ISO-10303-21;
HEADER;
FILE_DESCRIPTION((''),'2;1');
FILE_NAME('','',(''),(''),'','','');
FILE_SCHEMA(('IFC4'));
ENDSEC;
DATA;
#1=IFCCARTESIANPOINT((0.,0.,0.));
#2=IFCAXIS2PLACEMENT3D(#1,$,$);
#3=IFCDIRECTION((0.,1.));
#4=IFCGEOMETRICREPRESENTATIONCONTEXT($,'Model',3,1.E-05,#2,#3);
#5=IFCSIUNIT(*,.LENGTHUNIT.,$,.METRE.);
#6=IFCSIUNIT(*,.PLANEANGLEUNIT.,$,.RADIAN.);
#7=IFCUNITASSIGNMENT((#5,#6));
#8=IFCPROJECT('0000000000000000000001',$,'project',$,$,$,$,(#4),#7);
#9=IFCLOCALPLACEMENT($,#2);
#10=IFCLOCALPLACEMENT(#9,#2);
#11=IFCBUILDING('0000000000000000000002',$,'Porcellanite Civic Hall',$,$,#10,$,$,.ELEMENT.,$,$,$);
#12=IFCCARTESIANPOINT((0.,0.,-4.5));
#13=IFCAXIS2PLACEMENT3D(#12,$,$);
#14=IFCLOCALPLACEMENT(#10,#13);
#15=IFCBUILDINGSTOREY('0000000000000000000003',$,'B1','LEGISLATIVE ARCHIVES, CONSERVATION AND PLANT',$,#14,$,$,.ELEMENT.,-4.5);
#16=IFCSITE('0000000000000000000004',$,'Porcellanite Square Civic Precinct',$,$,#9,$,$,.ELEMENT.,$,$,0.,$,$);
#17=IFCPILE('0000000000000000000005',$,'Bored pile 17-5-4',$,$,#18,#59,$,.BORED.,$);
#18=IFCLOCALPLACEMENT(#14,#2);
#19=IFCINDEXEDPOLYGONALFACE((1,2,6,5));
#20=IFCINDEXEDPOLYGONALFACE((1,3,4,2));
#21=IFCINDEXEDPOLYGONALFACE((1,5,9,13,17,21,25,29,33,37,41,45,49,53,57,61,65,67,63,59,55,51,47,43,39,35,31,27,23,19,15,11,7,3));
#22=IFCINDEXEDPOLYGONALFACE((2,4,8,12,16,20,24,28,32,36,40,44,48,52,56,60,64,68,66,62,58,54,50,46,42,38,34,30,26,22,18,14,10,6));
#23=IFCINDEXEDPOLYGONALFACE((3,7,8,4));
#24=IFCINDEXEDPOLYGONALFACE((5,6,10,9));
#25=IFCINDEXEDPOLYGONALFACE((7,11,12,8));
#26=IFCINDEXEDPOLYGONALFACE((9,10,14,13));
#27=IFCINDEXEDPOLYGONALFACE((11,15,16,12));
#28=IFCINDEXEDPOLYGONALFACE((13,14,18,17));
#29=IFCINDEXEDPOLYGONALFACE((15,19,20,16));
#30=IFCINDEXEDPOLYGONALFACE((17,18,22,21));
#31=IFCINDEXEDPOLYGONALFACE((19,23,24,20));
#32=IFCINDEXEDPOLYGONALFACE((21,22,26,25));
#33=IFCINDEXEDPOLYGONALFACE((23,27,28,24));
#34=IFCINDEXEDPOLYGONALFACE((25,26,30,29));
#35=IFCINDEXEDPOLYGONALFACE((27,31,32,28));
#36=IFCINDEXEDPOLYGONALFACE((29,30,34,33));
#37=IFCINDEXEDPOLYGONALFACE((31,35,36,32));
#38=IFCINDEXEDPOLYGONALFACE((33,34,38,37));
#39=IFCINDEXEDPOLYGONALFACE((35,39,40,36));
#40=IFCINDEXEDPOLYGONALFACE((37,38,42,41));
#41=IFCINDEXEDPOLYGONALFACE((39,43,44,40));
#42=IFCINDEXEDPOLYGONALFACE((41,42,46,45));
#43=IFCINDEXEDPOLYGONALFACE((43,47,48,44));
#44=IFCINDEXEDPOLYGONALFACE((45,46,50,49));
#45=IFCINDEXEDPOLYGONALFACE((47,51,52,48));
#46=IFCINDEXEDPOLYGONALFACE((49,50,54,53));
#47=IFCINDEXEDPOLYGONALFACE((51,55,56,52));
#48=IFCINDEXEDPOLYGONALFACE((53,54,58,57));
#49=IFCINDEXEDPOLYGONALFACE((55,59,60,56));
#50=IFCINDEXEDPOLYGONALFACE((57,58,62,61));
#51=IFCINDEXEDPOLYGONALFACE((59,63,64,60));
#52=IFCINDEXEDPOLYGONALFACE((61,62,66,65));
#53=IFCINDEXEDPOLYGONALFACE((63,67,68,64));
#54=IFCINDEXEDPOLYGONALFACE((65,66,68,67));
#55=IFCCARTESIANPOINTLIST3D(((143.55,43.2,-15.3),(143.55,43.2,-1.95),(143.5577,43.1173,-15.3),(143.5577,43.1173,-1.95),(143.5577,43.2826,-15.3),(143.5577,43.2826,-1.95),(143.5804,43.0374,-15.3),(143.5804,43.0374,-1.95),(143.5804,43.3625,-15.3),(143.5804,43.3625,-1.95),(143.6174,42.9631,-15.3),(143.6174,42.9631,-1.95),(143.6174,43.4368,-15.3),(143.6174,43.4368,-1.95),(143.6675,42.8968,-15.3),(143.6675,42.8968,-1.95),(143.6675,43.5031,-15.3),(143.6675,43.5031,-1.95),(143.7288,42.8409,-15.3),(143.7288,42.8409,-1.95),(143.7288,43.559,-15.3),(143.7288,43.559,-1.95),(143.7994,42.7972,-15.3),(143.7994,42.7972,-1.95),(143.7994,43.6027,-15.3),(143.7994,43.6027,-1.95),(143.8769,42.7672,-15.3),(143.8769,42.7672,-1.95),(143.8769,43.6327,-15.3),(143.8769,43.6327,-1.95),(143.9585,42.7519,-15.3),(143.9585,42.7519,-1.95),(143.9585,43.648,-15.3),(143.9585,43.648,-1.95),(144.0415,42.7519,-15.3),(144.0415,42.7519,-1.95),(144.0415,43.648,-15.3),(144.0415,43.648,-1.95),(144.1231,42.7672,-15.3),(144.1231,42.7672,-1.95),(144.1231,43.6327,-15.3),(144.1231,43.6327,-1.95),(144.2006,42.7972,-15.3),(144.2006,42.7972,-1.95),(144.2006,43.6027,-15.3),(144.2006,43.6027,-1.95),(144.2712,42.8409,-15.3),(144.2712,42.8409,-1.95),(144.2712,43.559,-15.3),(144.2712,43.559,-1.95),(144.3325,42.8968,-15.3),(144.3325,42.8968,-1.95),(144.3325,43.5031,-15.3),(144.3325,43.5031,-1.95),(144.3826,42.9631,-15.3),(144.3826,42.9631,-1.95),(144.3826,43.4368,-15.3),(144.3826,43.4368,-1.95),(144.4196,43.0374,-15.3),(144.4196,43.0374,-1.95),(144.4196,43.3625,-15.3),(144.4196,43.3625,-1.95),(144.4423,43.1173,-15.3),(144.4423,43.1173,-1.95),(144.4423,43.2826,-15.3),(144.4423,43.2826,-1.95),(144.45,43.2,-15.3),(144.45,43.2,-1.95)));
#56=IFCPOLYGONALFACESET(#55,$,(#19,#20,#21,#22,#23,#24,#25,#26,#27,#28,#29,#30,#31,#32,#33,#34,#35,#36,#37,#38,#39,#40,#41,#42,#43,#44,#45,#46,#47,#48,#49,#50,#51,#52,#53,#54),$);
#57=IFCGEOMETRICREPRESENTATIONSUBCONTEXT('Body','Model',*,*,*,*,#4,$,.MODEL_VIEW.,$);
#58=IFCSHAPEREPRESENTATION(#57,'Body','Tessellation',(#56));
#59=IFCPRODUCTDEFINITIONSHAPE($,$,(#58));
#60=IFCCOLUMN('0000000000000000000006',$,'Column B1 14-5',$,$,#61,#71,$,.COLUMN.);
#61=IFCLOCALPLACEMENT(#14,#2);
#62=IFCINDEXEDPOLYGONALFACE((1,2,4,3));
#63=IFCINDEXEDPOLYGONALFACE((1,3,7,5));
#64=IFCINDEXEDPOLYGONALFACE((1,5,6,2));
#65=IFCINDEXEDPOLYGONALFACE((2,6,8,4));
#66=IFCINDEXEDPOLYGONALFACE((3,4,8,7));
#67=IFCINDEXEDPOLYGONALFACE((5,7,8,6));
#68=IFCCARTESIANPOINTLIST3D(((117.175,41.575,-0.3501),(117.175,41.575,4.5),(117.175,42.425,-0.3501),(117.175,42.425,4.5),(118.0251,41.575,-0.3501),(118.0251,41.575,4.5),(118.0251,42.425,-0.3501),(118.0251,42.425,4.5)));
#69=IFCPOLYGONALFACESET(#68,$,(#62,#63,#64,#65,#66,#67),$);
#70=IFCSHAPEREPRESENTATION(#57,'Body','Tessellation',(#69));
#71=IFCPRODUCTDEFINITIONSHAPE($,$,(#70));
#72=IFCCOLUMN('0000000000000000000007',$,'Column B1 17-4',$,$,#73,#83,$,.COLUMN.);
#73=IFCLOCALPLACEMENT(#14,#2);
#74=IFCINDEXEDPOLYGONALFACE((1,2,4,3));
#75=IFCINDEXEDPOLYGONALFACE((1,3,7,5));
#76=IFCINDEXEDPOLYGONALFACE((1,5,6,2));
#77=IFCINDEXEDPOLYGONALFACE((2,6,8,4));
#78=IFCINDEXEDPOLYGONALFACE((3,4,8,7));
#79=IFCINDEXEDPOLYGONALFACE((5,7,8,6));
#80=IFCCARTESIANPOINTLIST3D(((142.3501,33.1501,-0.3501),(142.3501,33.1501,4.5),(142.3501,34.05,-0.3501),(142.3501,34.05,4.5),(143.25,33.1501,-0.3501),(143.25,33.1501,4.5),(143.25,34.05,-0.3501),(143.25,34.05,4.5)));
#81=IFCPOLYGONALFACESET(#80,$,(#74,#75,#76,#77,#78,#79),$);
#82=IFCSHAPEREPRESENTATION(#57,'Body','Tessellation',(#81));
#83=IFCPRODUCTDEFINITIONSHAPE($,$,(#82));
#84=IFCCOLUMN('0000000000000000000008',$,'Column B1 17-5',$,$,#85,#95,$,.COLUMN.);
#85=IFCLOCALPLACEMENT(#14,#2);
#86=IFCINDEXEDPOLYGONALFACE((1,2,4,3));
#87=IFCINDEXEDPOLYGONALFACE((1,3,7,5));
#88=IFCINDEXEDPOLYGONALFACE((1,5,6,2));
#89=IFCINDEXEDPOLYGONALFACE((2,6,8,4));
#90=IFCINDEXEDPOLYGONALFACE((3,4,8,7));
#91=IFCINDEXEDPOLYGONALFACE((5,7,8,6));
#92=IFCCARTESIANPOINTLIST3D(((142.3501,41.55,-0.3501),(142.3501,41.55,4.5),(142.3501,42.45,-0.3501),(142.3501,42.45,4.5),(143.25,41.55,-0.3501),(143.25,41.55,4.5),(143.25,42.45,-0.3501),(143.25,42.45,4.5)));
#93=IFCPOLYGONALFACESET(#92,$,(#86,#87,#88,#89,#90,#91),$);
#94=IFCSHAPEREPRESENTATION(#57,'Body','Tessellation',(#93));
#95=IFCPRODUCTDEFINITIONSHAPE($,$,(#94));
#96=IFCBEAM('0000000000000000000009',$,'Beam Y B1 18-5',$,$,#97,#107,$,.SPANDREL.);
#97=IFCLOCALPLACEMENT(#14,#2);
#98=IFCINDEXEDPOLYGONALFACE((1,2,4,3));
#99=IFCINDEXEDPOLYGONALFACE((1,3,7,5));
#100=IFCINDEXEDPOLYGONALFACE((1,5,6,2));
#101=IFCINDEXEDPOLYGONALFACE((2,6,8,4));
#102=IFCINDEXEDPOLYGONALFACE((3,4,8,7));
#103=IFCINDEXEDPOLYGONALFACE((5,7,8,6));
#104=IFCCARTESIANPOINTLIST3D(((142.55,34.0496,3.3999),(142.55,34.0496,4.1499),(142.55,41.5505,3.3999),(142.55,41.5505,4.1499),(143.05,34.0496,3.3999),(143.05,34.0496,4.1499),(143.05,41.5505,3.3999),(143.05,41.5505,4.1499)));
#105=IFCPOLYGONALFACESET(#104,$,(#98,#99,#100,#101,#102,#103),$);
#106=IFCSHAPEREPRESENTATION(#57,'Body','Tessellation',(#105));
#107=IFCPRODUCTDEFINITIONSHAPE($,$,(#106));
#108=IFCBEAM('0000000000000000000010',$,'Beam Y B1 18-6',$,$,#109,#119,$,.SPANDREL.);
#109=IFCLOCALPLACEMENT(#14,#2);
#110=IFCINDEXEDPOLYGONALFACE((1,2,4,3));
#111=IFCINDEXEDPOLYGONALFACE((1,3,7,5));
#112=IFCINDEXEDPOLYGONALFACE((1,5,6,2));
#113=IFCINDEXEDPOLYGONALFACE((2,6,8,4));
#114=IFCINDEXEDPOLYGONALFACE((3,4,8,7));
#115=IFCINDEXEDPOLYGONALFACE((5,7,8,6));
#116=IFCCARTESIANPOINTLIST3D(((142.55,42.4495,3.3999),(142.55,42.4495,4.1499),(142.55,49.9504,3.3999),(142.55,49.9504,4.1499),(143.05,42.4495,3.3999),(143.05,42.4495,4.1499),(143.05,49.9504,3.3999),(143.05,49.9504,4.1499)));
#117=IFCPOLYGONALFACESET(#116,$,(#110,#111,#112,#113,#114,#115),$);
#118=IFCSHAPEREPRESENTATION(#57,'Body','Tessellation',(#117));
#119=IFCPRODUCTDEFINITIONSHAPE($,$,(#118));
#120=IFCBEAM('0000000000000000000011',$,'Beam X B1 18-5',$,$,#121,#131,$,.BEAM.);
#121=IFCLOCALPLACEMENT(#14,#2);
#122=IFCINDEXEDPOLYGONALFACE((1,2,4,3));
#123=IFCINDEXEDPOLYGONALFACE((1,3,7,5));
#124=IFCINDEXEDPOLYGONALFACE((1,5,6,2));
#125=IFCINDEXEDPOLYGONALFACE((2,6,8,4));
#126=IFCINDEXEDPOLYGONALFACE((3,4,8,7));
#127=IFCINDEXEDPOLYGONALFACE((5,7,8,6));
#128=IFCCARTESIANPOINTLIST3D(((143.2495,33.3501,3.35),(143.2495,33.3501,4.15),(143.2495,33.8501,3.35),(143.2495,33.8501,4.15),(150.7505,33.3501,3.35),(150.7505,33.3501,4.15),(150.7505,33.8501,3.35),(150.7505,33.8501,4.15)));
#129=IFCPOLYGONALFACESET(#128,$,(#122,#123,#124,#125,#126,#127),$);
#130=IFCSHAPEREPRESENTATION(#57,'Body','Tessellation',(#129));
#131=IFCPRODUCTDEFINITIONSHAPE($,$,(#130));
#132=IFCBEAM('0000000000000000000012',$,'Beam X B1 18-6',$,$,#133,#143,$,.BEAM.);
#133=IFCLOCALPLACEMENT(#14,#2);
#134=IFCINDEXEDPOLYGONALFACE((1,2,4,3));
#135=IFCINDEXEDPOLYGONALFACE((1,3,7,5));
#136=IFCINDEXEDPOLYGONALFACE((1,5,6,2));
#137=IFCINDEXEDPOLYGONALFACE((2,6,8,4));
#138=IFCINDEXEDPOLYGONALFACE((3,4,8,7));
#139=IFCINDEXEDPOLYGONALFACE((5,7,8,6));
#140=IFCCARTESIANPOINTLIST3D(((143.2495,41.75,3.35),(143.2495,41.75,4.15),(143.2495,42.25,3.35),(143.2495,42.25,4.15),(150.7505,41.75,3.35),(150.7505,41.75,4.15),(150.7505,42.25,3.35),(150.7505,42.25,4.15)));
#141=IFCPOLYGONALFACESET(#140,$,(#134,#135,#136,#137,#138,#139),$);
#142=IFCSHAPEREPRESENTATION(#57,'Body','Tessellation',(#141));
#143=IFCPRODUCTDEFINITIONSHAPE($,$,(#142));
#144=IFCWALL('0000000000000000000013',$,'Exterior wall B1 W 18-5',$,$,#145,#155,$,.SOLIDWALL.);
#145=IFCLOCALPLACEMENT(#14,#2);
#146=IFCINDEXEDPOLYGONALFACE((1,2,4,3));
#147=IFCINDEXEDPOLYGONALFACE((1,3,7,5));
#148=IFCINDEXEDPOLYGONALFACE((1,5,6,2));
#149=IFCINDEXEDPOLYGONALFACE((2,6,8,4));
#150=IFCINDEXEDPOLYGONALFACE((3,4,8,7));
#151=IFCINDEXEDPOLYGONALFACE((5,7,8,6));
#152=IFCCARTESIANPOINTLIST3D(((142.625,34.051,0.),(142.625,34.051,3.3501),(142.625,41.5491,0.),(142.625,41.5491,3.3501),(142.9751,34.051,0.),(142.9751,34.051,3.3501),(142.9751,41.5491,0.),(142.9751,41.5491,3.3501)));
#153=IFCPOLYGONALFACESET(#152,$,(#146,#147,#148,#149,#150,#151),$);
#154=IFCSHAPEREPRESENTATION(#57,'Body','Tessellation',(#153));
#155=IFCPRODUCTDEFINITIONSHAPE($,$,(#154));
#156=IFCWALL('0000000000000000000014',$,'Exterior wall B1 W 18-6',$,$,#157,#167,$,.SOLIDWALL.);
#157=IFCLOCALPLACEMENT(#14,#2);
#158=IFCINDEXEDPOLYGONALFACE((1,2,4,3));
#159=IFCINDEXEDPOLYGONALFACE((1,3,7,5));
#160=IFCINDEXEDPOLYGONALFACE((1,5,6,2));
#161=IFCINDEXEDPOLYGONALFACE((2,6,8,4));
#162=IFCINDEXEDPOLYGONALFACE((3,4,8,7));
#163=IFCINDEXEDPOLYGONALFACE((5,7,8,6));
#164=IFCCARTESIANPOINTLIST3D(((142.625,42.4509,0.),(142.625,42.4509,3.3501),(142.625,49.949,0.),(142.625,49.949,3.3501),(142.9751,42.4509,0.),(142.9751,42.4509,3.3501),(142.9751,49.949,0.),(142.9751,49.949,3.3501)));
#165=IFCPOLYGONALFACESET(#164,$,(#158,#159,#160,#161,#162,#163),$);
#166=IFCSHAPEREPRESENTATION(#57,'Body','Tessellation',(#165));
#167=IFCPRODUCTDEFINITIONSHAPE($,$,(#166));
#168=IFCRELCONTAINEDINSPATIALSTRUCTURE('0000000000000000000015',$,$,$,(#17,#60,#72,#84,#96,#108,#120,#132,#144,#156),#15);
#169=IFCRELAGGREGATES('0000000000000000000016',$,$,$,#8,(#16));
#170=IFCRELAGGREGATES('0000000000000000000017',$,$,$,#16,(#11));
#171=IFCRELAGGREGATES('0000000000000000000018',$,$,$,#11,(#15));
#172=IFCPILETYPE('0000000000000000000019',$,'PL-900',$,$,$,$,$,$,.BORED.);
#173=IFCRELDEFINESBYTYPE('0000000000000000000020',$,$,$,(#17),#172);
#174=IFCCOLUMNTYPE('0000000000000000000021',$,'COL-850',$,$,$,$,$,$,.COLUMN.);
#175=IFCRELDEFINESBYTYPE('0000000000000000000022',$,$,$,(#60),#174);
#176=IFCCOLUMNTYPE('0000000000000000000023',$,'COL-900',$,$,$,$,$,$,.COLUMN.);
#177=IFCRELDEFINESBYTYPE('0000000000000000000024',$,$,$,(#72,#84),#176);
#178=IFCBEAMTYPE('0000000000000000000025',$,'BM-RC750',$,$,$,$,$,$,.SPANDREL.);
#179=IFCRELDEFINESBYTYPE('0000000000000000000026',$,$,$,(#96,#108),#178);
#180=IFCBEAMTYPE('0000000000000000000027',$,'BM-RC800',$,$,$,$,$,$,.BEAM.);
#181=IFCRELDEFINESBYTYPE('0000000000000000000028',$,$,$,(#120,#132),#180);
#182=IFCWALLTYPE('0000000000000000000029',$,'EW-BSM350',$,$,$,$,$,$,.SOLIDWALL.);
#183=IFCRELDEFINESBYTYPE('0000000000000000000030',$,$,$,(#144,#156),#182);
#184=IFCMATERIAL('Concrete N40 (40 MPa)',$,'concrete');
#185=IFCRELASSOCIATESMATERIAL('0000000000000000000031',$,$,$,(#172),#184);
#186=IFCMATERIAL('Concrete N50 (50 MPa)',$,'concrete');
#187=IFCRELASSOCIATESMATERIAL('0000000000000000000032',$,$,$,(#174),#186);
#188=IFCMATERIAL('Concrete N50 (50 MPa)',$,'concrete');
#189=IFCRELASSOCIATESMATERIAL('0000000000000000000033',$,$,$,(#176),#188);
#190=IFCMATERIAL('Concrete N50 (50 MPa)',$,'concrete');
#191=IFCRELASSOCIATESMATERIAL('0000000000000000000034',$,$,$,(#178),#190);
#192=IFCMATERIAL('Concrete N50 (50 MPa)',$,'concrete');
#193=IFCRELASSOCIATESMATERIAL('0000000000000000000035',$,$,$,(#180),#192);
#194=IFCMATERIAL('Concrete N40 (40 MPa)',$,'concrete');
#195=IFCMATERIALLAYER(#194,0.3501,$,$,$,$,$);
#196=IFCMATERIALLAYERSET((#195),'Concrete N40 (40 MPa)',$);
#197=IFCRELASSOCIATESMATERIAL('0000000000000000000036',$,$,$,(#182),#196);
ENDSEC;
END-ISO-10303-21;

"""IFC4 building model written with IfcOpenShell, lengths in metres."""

from ifc_helpers import new_model, si_unit, direction, frame, frame_2d, origin, origin_2d, place, context, subcontext, project, spatial, rectangle, circle, extrude, material, layer, layer_set, material_profile, profile_set, type_object, element, save


model = new_model("IFC4")

# Units and contexts
model_context = context("Model", 3, precision=1e-05, world=origin(), true_north=direction((0.0, 1.0)))
body_context = subcontext(model_context, "Body", "Model", "MODEL_VIEW")
ifc_project = project(units=[si_unit("LENGTHUNIT", "METRE"), si_unit("PLANEANGLEUNIT", "RADIAN")], contexts=[model_context])

# Site, building, storey
site_placement = place(None, origin())
site = spatial("IfcSite", under=ifc_project, at=site_placement, Name="Porcellanite Square Civic Precinct", CompositionType="ELEMENT", RefElevation=0.0)
building_placement = place(site_placement, origin())
building = spatial("IfcBuilding", under=site, at=building_placement, Name="Porcellanite Civic Hall", CompositionType="ELEMENT")
storey_placement = place(building_placement, frame((0.0, 0.0, -4.5)))
storey = spatial("IfcBuildingStorey", under=building, at=storey_placement, Name="B1", Description="LEGISLATIVE ARCHIVES, CONSERVATION AND PLANT", CompositionType="ELEMENT", Elevation=-4.5)

# Pile
ifc_material_1 = material(Name="Concrete N40 (40 MPa)", Category="concrete")
ifc_material_profile_1 = material_profile(ifc_material_1, circle(Radius=0.45, at=origin_2d()), Name="PILE-D900")
ifc_profile_set_1 = profile_set([ifc_material_profile_1], Name="Concrete N40 (40 MPa)")
pile_type_1 = type_object("IfcPileType", Name="PL-900", PredefinedType="BORED", material=ifc_profile_set_1)
for number, where, z_axis, x_axis, name in (
    (1, (144.0, 43.2, -1.95), (0.0, 0.0, -1.0), (1.0, 0.0, 0.0), "Bored pile 17-5-4"),
):
    element("IfcPile", number, at=place(storey_placement, frame(where, z_axis=z_axis, x_axis=x_axis)), inside=storey, type_object=pile_type_1, Name=name, PredefinedType="BORED", context=body_context, shape_type="SweptSolid", body=[
        extrude(circle(Radius=0.45, at=origin_2d()), origin(), (0.0, 0.0, 1.0), 13.3501),
    ])

# Columns
ifc_material_2 = material(Name="Concrete N50 (50 MPa)", Category="concrete")
ifc_material_profile_2 = material_profile(ifc_material_2, rectangle(XDim=0.8501, YDim=0.8501, at=origin_2d()), Name="RC-850x850")
ifc_profile_set_2 = profile_set([ifc_material_profile_2], Name="Concrete N50 (50 MPa)")
column_type_1 = type_object("IfcColumnType", Name="COL-850", PredefinedType="COLUMN", material=ifc_profile_set_2)
column_placement = place(storey_placement, frame((117.6001, 42.0, -0.3501), z_axis=(0.0, 0.0, 1.0), x_axis=(1.0, 0.0, 0.0)))
element("IfcColumn", 2, at=column_placement, inside=storey, type_object=column_type_1, Name="Column B1 14-5", PredefinedType="COLUMN", context=body_context, shape_type="SweptSolid", body=[
    extrude(rectangle(XDim=0.8501, YDim=0.8501, at=origin_2d()), origin(), (0.0, 0.0, 1.0), 4.8501),
])
ifc_material_3 = material(Name="Concrete N50 (50 MPa)", Category="concrete")
ifc_material_profile_3 = material_profile(ifc_material_3, rectangle(XDim=0.8999, YDim=0.8999, at=origin_2d()), Name="RC-900x900")
ifc_profile_set_3 = profile_set([ifc_material_profile_3], Name="Concrete N50 (50 MPa)")
column_type_2 = type_object("IfcColumnType", Name="COL-900", PredefinedType="COLUMN", material=ifc_profile_set_3)
for number, where, z_axis, x_axis, name in (
    (3, (142.8, 33.6001, -0.3501), (0.0, 0.0, 1.0), (1.0, 0.0, 0.0), "Column B1 17-4"),
    (4, (142.8, 42.0, -0.3501), (0.0, 0.0, 1.0), (1.0, 0.0, 0.0), "Column B1 17-5"),
):
    element("IfcColumn", number, at=place(storey_placement, frame(where, z_axis=z_axis, x_axis=x_axis)), inside=storey, type_object=column_type_2, Name=name, PredefinedType="COLUMN", context=body_context, shape_type="SweptSolid", body=[
        extrude(rectangle(XDim=0.8999, YDim=0.8999, at=origin_2d()), origin(), (0.0, 0.0, 1.0), 4.8501),
    ])

# Beams
ifc_material_4 = material(Name="Concrete N50 (50 MPa)", Category="concrete")
ifc_material_profile_4 = material_profile(ifc_material_4, rectangle(XDim=0.5, YDim=0.75, at=origin_2d()), Name="RC-500x750")
ifc_profile_set_4 = profile_set([ifc_material_profile_4], Name="Concrete N50 (50 MPa)")
beam_type_1 = type_object("IfcBeamType", Name="BM-RC750", PredefinedType="SPANDREL", material=ifc_profile_set_4)
for number, where, z_axis, x_axis, name in (
    (5, (142.8, 34.0496, 3.7749), (0.0, 1.0, 0.0), (-1.0, 0.0, 0.0), "Beam Y B1 18-5"),
    (6, (142.8, 42.4495, 3.7749), (0.0, 1.0, 0.0), (-1.0, 0.0, 0.0), "Beam Y B1 18-6"),
):
    element("IfcBeam", number, at=place(storey_placement, frame(where, z_axis=z_axis, x_axis=x_axis)), inside=storey, type_object=beam_type_1, Name=name, PredefinedType="SPANDREL", context=body_context, shape_type="SweptSolid", body=[
        extrude(rectangle(XDim=0.5, YDim=0.75, at=origin_2d()), origin(), (0.0, 0.0, 1.0), 7.501),
    ])
ifc_material_5 = material(Name="Concrete N50 (50 MPa)", Category="concrete")
ifc_material_profile_5 = material_profile(ifc_material_5, rectangle(XDim=0.5, YDim=0.8, at=origin_2d()), Name="RC-500x800")
ifc_profile_set_5 = profile_set([ifc_material_profile_5], Name="Concrete N50 (50 MPa)")
beam_type_2 = type_object("IfcBeamType", Name="BM-RC800", PredefinedType="BEAM", material=ifc_profile_set_5)
for number, where, z_axis, x_axis, name in (
    (7, (143.2495, 33.6001, 3.75), (1.0, 0.0, 0.0), (0.0, 1.0, 0.0), "Beam X B1 18-5"),
    (8, (143.2495, 42.0, 3.75), (1.0, 0.0, 0.0), (0.0, 1.0, 0.0), "Beam X B1 18-6"),
):
    element("IfcBeam", number, at=place(storey_placement, frame(where, z_axis=z_axis, x_axis=x_axis)), inside=storey, type_object=beam_type_2, Name=name, PredefinedType="BEAM", context=body_context, shape_type="SweptSolid", body=[
        extrude(rectangle(XDim=0.5, YDim=0.8, at=origin_2d()), origin(), (0.0, 0.0, 1.0), 7.501),
    ])

# Walls
ifc_material_6 = material(Name="Concrete N40 (40 MPa)", Category="concrete")
ifc_layer = layer(ifc_material_6, 0.3501)
ifc_layer_set = layer_set([ifc_layer], Name="Concrete N40 (40 MPa)")
wall_type = type_object("IfcWallType", Name="EW-BSM350", PredefinedType="SOLIDWALL", material=ifc_layer_set)
for number, where, z_axis, x_axis, name in (
    (9, (142.8, 34.051, 0.0), (0.0, 0.0, 1.0), (0.0, 1.0, 0.0), "Exterior wall B1 W 18-5"),
    (10, (142.8, 42.4509, 0.0), (0.0, 0.0, 1.0), (0.0, 1.0, 0.0), "Exterior wall B1 W 18-6"),
):
    element("IfcWall", number, at=place(storey_placement, frame(where, z_axis=z_axis, x_axis=x_axis)), inside=storey, type_object=wall_type, Name=name, PredefinedType="SOLIDWALL", context=body_context, shape_type="SweptSolid", body=[
        extrude(rectangle(XDim=7.498, YDim=0.3501, at=frame_2d((3.749, 0.0))), origin(), (0.0, 0.0, 1.0), 3.3501),
    ])

save(model, "model.ifc")
